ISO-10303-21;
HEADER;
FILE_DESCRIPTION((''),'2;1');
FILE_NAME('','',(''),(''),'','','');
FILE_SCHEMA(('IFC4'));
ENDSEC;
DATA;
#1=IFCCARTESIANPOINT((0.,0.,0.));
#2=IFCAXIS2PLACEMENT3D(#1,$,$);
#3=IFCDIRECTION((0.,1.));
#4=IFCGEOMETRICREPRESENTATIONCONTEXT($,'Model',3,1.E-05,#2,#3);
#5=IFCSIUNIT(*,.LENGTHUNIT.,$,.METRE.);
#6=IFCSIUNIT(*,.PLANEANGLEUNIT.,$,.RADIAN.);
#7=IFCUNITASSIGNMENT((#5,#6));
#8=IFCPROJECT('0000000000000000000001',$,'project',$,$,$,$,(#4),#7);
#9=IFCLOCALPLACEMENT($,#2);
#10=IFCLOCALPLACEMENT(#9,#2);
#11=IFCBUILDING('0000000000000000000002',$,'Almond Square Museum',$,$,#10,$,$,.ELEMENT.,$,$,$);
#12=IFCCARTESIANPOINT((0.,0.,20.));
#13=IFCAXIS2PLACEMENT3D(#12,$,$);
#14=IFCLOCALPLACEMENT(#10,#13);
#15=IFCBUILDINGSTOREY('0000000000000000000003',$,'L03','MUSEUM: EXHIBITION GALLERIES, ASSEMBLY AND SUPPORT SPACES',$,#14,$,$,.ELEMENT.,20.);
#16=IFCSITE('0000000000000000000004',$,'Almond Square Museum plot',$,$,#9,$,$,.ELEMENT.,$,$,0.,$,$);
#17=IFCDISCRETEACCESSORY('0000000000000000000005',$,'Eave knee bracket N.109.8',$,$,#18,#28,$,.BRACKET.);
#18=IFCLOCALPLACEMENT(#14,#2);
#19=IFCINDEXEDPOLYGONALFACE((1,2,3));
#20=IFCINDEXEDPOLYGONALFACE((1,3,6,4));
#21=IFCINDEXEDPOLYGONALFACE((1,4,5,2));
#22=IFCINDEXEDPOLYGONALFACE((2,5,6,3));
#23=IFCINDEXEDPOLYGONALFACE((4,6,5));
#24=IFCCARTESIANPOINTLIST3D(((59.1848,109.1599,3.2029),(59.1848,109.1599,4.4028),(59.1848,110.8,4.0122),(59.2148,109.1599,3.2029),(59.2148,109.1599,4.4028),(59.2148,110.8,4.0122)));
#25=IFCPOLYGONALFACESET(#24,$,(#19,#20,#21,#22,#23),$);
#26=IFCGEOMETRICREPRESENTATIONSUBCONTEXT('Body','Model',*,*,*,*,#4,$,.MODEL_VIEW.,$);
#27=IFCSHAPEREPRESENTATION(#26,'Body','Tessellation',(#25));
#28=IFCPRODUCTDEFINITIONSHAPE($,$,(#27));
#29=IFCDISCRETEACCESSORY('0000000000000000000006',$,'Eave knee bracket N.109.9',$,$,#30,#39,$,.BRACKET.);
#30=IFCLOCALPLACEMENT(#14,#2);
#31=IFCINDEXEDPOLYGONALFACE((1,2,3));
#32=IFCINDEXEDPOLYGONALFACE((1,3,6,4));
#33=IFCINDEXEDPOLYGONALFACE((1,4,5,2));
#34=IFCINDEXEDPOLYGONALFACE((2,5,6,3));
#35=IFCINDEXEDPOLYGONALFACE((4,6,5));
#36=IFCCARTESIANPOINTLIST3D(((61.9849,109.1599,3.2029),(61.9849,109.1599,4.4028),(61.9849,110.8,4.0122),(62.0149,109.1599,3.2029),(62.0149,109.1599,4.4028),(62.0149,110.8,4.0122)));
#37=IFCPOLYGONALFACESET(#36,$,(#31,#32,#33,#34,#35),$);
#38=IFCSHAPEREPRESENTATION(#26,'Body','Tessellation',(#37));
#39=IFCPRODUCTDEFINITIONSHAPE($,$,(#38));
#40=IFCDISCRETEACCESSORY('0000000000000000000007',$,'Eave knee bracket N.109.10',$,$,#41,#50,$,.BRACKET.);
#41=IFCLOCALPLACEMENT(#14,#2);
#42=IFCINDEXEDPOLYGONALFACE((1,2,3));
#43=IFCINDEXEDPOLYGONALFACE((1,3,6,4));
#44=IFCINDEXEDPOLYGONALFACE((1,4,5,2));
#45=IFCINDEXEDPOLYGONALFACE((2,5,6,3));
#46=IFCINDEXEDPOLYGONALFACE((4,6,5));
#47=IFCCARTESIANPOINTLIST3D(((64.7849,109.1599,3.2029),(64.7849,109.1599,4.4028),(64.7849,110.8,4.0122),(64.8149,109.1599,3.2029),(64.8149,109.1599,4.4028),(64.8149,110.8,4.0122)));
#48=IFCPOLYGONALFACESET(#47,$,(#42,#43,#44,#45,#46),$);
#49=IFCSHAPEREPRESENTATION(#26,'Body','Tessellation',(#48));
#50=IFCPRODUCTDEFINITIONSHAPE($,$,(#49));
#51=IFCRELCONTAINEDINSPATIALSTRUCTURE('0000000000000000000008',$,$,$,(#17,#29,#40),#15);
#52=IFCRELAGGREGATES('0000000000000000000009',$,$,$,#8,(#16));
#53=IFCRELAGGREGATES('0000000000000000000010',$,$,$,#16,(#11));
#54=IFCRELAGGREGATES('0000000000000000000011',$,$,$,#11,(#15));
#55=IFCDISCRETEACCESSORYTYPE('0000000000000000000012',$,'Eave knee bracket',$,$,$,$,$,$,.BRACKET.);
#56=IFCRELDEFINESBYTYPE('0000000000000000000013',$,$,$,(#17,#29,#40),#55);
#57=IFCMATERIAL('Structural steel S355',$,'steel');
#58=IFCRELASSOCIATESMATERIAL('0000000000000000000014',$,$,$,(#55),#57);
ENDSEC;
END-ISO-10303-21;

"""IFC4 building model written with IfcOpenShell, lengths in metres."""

from ifc_helpers import new_model, si_unit, direction, frame, origin, place, context, subcontext, project, spatial, polyline, outline, extrude, material, type_object, element, save


model = new_model("IFC4")

# Units and contexts
model_context = context("Model", 3, precision=1e-05, world=origin(), true_north=direction((0.0, 1.0)))
body_context = subcontext(model_context, "Body", "Model", "MODEL_VIEW")
ifc_project = project(units=[si_unit("LENGTHUNIT", "METRE"), si_unit("PLANEANGLEUNIT", "RADIAN")], contexts=[model_context])

# Site, building, storey
site_placement = place(None, origin())
site = spatial("IfcSite", under=ifc_project, at=site_placement, Name="Almond Square Museum plot", CompositionType="ELEMENT", RefElevation=0.0)
building_placement = place(site_placement, origin())
building = spatial("IfcBuilding", under=site, at=building_placement, Name="Almond Square Museum", CompositionType="ELEMENT")
storey_placement = place(building_placement, frame((0.0, 0.0, 20.0)))
storey = spatial("IfcBuildingStorey", under=building, at=storey_placement, Name="L03", Description="MUSEUM: EXHIBITION GALLERIES, ASSEMBLY AND SUPPORT SPACES", CompositionType="ELEMENT", Elevation=20.0)

# Discrete accessories
ifc_material_1 = material(Name="Structural steel S355", Category="steel")
discrete_accessory_type = type_object("IfcDiscreteAccessoryType", Name="Eave knee bracket", PredefinedType="BRACKET", material=ifc_material_1)
for number, where, z_axis, x_axis, name in (
    (1, (59.2, 109.1599, 4.4028), (1.0, 0.0, 0.0), (0.0, 0.0, -1.0), "Eave knee bracket N.109.8"),
    (2, (62.0, 109.1599, 4.4028), (1.0, 0.0, 0.0), (0.0, 0.0, -1.0), "Eave knee bracket N.109.9"),
    (3, (64.8, 109.1599, 4.4028), (1.0, 0.0, 0.0), (0.0, 0.0, -1.0), "Eave knee bracket N.109.10"),
):
    element("IfcDiscreteAccessory", number, at=place(storey_placement, frame(where, z_axis=z_axis, x_axis=x_axis)), inside=storey, type_object=discrete_accessory_type, Name=name, PredefinedType="BRACKET", context=body_context, shape_type="SweptSolid", body=[
        extrude(outline(polyline([(0.0, 0.0), (1.2, 0.0), (0.3906, 1.6401), (0.0, 0.0)])), frame((0.0, 0.0, -0.0151)), (0.0, 0.0, 1.0), 0.03),
    ])

save(model, "model.ifc")
